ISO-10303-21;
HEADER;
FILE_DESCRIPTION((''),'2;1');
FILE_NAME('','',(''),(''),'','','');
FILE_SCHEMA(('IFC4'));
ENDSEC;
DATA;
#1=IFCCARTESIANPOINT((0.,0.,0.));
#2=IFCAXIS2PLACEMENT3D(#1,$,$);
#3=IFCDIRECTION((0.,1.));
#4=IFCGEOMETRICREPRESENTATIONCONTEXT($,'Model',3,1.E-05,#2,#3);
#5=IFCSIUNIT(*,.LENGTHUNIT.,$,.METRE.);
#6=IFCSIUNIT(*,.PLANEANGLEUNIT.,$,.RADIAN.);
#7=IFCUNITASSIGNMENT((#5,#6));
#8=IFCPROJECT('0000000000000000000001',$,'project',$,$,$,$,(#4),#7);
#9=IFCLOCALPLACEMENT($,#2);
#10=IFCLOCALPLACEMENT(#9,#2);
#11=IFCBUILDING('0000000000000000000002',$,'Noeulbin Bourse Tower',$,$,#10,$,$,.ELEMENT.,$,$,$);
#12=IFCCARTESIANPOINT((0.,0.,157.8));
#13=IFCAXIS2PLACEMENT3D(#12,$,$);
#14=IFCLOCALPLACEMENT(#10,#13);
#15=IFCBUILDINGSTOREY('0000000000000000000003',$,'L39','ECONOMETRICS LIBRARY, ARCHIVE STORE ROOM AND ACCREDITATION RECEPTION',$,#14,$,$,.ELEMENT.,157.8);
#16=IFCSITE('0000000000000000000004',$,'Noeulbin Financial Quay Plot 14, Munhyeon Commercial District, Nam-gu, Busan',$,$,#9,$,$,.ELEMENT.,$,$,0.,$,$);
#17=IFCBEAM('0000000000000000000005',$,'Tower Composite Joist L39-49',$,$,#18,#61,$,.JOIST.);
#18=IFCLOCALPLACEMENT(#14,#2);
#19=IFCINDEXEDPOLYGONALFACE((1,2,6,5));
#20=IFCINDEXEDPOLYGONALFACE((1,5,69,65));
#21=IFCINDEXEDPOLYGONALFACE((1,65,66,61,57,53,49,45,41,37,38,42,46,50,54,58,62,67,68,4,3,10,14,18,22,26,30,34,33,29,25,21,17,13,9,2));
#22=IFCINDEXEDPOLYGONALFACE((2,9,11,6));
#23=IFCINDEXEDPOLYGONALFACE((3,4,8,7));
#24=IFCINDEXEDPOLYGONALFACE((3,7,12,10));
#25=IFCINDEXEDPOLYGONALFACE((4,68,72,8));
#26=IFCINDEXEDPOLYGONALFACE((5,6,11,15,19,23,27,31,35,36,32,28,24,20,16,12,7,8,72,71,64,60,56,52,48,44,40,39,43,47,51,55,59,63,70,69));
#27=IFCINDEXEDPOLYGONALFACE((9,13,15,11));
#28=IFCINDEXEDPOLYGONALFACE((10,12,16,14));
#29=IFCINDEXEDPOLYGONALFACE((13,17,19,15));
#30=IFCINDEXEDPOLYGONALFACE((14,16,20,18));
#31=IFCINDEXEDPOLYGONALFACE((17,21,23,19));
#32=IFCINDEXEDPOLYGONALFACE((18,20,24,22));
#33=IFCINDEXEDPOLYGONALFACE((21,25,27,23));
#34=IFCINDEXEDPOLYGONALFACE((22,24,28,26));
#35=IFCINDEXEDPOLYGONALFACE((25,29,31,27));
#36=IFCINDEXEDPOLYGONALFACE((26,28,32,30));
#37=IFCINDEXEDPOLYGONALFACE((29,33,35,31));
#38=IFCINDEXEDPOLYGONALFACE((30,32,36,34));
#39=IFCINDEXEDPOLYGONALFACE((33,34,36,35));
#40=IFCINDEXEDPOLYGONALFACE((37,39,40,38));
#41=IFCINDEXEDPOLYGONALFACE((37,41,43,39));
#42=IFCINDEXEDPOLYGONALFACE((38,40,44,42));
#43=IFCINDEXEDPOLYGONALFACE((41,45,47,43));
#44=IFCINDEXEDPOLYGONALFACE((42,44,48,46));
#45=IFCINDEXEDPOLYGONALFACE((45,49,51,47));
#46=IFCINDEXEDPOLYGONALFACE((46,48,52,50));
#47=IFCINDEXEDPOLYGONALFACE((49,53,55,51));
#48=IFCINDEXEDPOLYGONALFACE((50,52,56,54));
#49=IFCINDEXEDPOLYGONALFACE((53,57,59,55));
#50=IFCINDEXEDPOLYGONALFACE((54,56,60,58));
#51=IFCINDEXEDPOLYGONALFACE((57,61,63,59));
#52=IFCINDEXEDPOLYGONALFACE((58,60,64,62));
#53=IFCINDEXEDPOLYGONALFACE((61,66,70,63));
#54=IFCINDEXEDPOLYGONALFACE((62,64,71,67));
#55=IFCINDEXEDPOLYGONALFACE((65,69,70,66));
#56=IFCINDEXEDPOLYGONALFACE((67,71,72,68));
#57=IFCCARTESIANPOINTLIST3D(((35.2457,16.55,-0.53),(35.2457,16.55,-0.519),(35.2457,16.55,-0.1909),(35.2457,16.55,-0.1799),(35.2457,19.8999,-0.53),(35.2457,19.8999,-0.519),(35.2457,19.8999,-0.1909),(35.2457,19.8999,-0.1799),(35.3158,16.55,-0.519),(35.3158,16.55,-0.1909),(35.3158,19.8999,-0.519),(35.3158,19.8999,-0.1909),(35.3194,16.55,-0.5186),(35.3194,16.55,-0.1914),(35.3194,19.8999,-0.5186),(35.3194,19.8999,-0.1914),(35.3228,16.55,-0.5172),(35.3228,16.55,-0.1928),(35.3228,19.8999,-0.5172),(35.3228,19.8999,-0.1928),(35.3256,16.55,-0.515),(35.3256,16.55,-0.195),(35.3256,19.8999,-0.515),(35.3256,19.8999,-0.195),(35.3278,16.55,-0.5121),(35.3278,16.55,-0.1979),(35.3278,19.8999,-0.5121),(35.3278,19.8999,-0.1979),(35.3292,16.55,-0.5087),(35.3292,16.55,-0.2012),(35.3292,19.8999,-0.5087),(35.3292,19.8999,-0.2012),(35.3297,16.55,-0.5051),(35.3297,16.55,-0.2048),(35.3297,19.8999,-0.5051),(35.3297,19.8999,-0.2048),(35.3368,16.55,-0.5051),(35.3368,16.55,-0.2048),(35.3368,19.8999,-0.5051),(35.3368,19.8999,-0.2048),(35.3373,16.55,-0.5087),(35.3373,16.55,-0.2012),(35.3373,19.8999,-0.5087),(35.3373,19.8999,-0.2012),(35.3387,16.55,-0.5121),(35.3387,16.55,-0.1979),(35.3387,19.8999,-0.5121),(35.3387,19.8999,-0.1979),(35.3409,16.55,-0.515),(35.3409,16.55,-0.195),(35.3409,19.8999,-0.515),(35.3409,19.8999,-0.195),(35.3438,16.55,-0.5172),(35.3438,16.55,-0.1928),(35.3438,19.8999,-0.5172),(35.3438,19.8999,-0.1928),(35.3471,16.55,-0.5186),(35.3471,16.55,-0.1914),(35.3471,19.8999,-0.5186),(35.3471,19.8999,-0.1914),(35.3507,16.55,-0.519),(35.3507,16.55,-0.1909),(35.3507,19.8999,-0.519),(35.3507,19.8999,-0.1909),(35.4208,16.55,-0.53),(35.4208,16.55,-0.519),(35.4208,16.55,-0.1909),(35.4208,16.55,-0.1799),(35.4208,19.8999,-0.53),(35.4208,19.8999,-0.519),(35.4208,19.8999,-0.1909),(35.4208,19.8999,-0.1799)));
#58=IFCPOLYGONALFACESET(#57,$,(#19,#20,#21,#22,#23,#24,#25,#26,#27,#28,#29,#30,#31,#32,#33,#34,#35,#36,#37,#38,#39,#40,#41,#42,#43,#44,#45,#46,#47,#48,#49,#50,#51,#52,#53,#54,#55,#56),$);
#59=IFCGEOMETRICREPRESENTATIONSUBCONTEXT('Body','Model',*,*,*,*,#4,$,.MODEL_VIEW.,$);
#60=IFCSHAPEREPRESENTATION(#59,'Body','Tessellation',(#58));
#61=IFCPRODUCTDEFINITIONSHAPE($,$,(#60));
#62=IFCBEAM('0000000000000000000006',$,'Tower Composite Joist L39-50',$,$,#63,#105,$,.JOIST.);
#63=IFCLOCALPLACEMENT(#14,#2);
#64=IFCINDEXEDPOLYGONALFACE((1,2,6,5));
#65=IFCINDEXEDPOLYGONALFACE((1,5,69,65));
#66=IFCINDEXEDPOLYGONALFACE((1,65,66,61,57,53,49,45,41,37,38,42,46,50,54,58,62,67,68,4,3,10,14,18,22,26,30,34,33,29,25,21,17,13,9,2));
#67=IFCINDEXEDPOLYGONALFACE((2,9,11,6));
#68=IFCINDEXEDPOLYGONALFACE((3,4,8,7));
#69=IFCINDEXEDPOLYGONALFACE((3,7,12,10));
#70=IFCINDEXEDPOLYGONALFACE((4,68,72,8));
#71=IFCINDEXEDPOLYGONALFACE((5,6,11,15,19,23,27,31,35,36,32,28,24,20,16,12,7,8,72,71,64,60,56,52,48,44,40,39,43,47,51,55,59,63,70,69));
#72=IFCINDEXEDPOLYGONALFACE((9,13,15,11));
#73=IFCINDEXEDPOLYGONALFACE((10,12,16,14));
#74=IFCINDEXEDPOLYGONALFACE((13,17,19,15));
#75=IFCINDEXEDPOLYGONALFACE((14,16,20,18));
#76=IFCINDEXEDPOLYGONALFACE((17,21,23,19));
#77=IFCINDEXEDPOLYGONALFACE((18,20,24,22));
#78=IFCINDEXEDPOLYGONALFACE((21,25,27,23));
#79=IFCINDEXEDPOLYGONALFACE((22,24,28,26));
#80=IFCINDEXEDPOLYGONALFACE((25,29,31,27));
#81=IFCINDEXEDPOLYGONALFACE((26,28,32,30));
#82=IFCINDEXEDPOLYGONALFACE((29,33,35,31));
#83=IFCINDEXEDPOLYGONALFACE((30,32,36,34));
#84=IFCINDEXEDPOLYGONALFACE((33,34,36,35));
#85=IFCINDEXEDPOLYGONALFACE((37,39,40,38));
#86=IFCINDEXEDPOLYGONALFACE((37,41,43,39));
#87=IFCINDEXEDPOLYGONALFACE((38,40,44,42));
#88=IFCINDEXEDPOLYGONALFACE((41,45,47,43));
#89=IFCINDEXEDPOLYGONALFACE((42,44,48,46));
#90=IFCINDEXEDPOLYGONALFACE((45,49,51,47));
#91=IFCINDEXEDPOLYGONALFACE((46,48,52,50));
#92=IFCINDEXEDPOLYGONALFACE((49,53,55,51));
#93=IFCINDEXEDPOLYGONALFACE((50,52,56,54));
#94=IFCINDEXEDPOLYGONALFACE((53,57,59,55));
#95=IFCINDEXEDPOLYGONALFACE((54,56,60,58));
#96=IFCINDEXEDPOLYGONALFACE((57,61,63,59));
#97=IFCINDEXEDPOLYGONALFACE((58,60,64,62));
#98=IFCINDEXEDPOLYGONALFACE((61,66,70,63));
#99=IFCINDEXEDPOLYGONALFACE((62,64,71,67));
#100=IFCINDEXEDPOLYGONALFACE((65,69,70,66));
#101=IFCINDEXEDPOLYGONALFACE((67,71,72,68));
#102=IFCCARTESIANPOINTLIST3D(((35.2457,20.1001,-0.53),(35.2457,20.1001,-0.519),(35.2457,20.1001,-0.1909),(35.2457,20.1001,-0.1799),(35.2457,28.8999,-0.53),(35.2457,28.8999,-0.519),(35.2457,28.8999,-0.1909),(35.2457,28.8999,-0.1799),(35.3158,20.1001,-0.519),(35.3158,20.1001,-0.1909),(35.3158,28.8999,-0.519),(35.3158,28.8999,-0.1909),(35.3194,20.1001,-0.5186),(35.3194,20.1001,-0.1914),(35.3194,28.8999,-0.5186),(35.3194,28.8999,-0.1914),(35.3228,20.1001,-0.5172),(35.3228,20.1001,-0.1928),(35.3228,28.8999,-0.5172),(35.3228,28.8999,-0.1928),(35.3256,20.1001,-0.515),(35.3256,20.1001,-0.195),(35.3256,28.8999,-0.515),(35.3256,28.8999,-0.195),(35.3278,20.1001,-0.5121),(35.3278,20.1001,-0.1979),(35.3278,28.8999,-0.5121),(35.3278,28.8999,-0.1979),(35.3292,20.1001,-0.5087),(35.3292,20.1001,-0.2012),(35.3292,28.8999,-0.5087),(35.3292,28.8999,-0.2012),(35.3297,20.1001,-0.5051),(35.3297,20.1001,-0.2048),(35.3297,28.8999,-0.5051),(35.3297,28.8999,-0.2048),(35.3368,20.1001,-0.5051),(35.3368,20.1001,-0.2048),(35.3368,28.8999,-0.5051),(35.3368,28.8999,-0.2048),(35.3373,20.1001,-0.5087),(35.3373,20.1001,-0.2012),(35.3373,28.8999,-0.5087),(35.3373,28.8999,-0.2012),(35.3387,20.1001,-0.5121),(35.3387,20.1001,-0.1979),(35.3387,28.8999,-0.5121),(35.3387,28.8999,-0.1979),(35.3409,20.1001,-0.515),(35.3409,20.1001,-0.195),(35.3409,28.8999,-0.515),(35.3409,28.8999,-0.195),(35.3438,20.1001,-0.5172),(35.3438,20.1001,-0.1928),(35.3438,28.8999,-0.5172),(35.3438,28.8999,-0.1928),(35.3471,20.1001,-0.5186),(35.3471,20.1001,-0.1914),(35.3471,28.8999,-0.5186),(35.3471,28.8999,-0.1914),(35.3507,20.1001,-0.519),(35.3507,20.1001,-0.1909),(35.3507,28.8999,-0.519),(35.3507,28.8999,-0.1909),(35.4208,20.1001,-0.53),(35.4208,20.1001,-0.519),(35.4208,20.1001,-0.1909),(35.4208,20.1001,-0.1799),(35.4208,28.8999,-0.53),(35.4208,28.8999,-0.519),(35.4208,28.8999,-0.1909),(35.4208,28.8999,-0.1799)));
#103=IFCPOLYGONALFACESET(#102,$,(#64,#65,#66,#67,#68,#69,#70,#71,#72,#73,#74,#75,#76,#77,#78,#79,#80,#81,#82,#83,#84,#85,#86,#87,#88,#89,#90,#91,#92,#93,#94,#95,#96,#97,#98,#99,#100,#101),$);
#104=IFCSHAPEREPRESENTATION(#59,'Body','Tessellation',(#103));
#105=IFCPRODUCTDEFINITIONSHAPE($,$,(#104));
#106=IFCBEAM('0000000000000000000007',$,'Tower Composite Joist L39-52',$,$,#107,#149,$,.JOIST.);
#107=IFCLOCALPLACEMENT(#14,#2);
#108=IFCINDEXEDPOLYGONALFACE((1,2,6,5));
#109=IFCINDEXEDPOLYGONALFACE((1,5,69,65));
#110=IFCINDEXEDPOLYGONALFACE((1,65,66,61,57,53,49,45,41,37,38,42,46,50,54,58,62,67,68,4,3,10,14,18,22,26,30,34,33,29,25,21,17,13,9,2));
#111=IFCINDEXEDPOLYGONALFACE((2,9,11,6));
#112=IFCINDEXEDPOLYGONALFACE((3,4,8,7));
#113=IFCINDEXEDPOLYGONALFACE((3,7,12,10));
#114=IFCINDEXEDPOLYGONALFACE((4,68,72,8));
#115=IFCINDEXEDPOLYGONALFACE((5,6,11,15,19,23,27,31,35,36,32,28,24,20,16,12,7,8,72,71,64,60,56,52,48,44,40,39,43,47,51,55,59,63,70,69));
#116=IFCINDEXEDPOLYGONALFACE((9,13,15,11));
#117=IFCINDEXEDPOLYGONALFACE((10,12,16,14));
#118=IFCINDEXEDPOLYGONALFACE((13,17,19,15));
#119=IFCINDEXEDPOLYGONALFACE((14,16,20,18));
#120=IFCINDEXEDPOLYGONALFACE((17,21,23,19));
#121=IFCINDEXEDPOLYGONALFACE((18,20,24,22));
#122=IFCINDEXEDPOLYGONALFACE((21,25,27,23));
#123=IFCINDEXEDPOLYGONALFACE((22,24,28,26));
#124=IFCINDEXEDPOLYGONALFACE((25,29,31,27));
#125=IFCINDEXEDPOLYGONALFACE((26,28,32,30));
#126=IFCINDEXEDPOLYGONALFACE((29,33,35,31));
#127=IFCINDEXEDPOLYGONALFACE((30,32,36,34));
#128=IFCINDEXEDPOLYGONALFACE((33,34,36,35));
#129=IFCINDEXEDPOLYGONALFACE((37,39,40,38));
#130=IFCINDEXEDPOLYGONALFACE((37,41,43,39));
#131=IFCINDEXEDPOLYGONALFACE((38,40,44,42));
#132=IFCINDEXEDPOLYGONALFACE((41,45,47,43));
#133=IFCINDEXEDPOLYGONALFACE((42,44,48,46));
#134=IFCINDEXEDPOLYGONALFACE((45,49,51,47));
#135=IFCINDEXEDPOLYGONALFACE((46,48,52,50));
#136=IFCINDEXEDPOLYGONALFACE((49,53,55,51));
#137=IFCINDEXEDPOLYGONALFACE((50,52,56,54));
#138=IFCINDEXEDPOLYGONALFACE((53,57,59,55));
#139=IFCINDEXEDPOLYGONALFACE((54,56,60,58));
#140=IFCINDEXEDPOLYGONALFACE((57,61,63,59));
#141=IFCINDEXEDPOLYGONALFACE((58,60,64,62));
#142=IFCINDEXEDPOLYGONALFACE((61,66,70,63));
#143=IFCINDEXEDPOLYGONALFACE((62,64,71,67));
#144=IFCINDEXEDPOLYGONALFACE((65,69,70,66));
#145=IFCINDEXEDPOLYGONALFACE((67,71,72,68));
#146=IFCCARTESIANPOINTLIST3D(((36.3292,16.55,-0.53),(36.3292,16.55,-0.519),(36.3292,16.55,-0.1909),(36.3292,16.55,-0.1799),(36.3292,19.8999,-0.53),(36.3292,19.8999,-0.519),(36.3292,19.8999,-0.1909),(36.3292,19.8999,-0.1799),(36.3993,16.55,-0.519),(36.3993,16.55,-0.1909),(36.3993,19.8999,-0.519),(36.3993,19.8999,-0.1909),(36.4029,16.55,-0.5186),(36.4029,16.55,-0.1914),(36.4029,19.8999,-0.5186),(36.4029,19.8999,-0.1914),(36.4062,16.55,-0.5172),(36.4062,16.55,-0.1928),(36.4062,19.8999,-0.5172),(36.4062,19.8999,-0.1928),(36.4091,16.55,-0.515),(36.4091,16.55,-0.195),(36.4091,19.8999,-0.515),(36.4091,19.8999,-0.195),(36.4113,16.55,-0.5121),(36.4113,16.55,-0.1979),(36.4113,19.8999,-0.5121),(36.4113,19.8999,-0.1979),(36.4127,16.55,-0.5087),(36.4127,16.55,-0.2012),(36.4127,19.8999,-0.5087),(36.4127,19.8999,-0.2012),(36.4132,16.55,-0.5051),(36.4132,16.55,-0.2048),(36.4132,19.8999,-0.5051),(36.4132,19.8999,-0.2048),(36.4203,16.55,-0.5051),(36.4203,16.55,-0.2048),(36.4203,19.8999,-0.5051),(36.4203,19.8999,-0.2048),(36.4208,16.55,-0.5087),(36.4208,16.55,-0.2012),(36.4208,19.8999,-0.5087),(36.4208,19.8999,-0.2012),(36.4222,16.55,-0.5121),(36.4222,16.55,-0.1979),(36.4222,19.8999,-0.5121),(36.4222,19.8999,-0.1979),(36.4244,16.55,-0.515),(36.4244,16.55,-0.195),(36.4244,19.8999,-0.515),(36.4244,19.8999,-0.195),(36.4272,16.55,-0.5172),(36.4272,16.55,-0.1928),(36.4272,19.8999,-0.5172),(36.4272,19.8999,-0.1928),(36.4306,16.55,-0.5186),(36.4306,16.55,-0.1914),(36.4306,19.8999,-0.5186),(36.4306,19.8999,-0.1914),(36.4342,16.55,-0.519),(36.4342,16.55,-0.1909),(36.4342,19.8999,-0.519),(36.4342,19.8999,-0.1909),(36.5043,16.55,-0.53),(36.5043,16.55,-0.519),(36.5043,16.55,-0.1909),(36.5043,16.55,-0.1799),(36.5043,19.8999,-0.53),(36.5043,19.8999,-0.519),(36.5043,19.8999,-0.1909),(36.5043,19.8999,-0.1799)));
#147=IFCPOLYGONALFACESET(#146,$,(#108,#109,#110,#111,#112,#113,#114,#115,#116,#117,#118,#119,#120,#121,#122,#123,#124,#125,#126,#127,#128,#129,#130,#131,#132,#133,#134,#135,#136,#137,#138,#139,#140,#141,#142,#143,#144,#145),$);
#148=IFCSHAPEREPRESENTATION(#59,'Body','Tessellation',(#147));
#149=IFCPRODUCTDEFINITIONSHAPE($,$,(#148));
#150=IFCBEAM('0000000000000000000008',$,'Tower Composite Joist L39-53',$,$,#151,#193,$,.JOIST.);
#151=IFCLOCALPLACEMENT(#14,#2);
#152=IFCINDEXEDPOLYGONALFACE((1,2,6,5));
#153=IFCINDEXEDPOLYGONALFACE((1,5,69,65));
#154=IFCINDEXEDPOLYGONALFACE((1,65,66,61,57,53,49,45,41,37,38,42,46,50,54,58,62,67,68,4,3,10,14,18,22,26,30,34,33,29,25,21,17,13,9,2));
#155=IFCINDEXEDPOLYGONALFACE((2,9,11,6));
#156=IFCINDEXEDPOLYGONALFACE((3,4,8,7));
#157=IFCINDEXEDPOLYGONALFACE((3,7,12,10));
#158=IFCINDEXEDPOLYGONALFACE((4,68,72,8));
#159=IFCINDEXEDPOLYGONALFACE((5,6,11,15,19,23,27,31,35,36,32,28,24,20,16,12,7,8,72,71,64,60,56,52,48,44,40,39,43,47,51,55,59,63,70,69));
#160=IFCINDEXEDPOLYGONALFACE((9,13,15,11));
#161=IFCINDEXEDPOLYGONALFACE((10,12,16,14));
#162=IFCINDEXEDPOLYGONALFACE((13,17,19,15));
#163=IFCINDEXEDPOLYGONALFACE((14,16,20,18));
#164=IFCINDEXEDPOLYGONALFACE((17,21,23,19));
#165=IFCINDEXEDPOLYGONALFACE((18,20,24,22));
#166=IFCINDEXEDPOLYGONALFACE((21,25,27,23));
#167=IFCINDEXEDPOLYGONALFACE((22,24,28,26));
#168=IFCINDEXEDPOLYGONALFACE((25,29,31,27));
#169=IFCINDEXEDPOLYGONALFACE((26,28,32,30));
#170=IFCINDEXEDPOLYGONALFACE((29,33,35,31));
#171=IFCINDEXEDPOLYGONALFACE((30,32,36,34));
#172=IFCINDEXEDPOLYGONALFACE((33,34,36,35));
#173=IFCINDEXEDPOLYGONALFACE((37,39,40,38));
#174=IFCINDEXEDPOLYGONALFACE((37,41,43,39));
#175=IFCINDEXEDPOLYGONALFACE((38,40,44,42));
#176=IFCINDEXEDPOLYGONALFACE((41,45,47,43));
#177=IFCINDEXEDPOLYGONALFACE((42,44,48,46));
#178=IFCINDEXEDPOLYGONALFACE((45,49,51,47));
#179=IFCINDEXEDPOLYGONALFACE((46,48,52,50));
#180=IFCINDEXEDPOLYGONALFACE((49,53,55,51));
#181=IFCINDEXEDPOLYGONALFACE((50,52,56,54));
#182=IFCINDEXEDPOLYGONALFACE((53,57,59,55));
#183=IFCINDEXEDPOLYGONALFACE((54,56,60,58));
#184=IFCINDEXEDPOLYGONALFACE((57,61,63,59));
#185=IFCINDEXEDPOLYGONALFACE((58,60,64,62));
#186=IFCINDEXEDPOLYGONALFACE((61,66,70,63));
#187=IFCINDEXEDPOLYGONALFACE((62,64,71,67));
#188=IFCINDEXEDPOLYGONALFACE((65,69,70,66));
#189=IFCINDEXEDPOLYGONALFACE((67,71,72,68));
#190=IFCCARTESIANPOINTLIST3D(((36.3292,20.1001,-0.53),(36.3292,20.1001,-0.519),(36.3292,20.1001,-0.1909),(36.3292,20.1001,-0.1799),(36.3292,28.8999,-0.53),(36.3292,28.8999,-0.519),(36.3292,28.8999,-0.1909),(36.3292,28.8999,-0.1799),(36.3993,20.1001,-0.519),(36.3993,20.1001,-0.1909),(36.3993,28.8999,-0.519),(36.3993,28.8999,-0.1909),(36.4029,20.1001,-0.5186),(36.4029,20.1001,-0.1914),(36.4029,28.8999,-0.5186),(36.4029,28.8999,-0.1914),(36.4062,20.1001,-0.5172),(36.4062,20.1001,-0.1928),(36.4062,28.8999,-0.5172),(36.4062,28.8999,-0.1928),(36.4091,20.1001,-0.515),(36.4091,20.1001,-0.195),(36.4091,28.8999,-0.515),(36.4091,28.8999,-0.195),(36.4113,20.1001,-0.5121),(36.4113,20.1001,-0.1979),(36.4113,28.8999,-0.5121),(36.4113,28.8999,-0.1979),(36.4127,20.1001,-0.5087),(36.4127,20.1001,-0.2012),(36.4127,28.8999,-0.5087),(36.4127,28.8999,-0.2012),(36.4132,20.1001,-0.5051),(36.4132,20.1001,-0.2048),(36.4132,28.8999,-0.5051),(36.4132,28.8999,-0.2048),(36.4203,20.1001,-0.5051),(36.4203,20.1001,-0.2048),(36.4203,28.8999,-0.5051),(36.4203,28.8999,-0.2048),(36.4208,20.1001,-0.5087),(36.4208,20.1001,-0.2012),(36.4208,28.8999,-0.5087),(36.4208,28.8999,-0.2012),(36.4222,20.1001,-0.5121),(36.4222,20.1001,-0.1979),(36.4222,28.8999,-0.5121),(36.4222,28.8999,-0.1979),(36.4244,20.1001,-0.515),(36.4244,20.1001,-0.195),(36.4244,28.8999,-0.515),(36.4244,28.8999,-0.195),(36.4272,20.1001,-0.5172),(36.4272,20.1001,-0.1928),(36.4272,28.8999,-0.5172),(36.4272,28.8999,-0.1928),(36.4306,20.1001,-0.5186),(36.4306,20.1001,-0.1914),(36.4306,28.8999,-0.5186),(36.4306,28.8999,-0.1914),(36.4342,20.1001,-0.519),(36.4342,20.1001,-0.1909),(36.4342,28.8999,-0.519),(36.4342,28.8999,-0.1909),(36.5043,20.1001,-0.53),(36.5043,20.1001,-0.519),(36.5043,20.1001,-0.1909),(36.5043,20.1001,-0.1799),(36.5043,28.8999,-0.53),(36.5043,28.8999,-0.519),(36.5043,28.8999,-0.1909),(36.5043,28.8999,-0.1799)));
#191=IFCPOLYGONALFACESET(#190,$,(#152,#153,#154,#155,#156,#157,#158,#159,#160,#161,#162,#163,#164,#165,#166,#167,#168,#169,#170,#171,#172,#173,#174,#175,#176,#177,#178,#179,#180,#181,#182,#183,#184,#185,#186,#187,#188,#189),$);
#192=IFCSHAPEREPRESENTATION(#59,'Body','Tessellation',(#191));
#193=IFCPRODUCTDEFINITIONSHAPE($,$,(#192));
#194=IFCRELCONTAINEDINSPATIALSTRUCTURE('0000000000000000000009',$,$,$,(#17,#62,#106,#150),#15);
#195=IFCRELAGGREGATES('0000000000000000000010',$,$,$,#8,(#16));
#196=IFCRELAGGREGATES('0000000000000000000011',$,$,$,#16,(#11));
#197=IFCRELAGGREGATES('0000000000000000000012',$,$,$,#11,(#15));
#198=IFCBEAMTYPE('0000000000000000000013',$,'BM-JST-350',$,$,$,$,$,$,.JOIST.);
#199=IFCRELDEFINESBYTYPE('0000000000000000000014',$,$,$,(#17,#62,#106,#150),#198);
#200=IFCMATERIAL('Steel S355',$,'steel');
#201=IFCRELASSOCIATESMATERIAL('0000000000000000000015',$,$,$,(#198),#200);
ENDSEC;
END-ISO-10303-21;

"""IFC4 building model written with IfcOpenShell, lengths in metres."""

from ifc_helpers import new_model, si_unit, direction, frame, origin, origin_2d, place, context, subcontext, project, spatial, i_section, extrude, material, material_profile, profile_set, type_object, element, save


model = new_model("IFC4")

# Units and contexts
model_context = context("Model", 3, precision=1e-05, world=origin(), true_north=direction((0.0, 1.0)))
body_context = subcontext(model_context, "Body", "Model", "MODEL_VIEW")
ifc_project = project(units=[si_unit("LENGTHUNIT", "METRE"), si_unit("PLANEANGLEUNIT", "RADIAN")], contexts=[model_context])

# Site, building, storey
site_placement = place(None, origin())
site = spatial("IfcSite", under=ifc_project, at=site_placement, Name="Noeulbin Financial Quay Plot 14, Munhyeon Commercial District, Nam-gu, Busan", CompositionType="ELEMENT", RefElevation=0.0)
building_placement = place(site_placement, origin())
building = spatial("IfcBuilding", under=site, at=building_placement, Name="Noeulbin Bourse Tower", CompositionType="ELEMENT")
storey_placement = place(building_placement, frame((0.0, 0.0, 157.8)))
storey = spatial("IfcBuildingStorey", under=building, at=storey_placement, Name="L39", Description="ECONOMETRICS LIBRARY, ARCHIVE STORE ROOM AND ACCREDITATION RECEPTION", CompositionType="ELEMENT", Elevation=157.8)

# Beams
ifc_material_1 = material(Name="Steel S355", Category="steel")
ifc_material_profile_1 = material_profile(ifc_material_1, i_section(OverallWidth=0.175, OverallDepth=0.3501, WebThickness=0.0071, FlangeThickness=0.011, FilletRadius=0.0139, at=origin_2d()), Name="H-350x175x7x11", Category="LoadBearing")
ifc_profile_set_1 = profile_set([ifc_material_profile_1], Name="Steel S355")
beam_type_1 = type_object("IfcBeamType", Name="BM-JST-350", PredefinedType="JOIST", material=ifc_profile_set_1)
beam_1_placement = place(storey_placement, frame((35.3333, 16.55, -0.355), z_axis=(0.0, 1.0, 0.0), x_axis=(-1.0, 0.0, 0.0)))
element("IfcBeam", 1, at=beam_1_placement, inside=storey, type_object=beam_type_1, Name="Tower Composite Joist L39-49", PredefinedType="JOIST", context=body_context, shape_type="SweptSolid", body=[
    extrude(i_section(OverallWidth=0.175, OverallDepth=0.3501, WebThickness=0.0071, FlangeThickness=0.011, FilletRadius=0.0139, at=origin_2d()), origin(), (0.0, 0.0, 1.0), 3.3499),
])
beam_2_placement = place(storey_placement, frame((35.3333, 20.1001, -0.355), z_axis=(0.0, 1.0, 0.0), x_axis=(-1.0, 0.0, 0.0)))
element("IfcBeam", 2, at=beam_2_placement, inside=storey, type_object=beam_type_1, Name="Tower Composite Joist L39-50", PredefinedType="JOIST", context=body_context, shape_type="SweptSolid", body=[
    extrude(i_section(OverallWidth=0.175, OverallDepth=0.3501, WebThickness=0.0071, FlangeThickness=0.011, FilletRadius=0.0139, at=origin_2d()), origin(), (0.0, 0.0, 1.0), 8.7998),
])
beam_3_placement = place(storey_placement, frame((36.4167, 16.55, -0.355), z_axis=(0.0, 1.0, 0.0), x_axis=(-1.0, 0.0, 0.0)))
element("IfcBeam", 3, at=beam_3_placement, inside=storey, type_object=beam_type_1, Name="Tower Composite Joist L39-52", PredefinedType="JOIST", context=body_context, shape_type="SweptSolid", body=[
    extrude(i_section(OverallWidth=0.175, OverallDepth=0.3501, WebThickness=0.0071, FlangeThickness=0.011, FilletRadius=0.0139, at=origin_2d()), origin(), (0.0, 0.0, 1.0), 3.3499),
])
beam_4_placement = place(storey_placement, frame((36.4167, 20.1001, -0.355), z_axis=(0.0, 1.0, 0.0), x_axis=(-1.0, 0.0, 0.0)))
element("IfcBeam", 4, at=beam_4_placement, inside=storey, type_object=beam_type_1, Name="Tower Composite Joist L39-53", PredefinedType="JOIST", context=body_context, shape_type="SweptSolid", body=[
    extrude(i_section(OverallWidth=0.175, OverallDepth=0.3501, WebThickness=0.0071, FlangeThickness=0.011, FilletRadius=0.0139, at=origin_2d()), origin(), (0.0, 0.0, 1.0), 8.7998),
])

save(model, "model.ifc")
